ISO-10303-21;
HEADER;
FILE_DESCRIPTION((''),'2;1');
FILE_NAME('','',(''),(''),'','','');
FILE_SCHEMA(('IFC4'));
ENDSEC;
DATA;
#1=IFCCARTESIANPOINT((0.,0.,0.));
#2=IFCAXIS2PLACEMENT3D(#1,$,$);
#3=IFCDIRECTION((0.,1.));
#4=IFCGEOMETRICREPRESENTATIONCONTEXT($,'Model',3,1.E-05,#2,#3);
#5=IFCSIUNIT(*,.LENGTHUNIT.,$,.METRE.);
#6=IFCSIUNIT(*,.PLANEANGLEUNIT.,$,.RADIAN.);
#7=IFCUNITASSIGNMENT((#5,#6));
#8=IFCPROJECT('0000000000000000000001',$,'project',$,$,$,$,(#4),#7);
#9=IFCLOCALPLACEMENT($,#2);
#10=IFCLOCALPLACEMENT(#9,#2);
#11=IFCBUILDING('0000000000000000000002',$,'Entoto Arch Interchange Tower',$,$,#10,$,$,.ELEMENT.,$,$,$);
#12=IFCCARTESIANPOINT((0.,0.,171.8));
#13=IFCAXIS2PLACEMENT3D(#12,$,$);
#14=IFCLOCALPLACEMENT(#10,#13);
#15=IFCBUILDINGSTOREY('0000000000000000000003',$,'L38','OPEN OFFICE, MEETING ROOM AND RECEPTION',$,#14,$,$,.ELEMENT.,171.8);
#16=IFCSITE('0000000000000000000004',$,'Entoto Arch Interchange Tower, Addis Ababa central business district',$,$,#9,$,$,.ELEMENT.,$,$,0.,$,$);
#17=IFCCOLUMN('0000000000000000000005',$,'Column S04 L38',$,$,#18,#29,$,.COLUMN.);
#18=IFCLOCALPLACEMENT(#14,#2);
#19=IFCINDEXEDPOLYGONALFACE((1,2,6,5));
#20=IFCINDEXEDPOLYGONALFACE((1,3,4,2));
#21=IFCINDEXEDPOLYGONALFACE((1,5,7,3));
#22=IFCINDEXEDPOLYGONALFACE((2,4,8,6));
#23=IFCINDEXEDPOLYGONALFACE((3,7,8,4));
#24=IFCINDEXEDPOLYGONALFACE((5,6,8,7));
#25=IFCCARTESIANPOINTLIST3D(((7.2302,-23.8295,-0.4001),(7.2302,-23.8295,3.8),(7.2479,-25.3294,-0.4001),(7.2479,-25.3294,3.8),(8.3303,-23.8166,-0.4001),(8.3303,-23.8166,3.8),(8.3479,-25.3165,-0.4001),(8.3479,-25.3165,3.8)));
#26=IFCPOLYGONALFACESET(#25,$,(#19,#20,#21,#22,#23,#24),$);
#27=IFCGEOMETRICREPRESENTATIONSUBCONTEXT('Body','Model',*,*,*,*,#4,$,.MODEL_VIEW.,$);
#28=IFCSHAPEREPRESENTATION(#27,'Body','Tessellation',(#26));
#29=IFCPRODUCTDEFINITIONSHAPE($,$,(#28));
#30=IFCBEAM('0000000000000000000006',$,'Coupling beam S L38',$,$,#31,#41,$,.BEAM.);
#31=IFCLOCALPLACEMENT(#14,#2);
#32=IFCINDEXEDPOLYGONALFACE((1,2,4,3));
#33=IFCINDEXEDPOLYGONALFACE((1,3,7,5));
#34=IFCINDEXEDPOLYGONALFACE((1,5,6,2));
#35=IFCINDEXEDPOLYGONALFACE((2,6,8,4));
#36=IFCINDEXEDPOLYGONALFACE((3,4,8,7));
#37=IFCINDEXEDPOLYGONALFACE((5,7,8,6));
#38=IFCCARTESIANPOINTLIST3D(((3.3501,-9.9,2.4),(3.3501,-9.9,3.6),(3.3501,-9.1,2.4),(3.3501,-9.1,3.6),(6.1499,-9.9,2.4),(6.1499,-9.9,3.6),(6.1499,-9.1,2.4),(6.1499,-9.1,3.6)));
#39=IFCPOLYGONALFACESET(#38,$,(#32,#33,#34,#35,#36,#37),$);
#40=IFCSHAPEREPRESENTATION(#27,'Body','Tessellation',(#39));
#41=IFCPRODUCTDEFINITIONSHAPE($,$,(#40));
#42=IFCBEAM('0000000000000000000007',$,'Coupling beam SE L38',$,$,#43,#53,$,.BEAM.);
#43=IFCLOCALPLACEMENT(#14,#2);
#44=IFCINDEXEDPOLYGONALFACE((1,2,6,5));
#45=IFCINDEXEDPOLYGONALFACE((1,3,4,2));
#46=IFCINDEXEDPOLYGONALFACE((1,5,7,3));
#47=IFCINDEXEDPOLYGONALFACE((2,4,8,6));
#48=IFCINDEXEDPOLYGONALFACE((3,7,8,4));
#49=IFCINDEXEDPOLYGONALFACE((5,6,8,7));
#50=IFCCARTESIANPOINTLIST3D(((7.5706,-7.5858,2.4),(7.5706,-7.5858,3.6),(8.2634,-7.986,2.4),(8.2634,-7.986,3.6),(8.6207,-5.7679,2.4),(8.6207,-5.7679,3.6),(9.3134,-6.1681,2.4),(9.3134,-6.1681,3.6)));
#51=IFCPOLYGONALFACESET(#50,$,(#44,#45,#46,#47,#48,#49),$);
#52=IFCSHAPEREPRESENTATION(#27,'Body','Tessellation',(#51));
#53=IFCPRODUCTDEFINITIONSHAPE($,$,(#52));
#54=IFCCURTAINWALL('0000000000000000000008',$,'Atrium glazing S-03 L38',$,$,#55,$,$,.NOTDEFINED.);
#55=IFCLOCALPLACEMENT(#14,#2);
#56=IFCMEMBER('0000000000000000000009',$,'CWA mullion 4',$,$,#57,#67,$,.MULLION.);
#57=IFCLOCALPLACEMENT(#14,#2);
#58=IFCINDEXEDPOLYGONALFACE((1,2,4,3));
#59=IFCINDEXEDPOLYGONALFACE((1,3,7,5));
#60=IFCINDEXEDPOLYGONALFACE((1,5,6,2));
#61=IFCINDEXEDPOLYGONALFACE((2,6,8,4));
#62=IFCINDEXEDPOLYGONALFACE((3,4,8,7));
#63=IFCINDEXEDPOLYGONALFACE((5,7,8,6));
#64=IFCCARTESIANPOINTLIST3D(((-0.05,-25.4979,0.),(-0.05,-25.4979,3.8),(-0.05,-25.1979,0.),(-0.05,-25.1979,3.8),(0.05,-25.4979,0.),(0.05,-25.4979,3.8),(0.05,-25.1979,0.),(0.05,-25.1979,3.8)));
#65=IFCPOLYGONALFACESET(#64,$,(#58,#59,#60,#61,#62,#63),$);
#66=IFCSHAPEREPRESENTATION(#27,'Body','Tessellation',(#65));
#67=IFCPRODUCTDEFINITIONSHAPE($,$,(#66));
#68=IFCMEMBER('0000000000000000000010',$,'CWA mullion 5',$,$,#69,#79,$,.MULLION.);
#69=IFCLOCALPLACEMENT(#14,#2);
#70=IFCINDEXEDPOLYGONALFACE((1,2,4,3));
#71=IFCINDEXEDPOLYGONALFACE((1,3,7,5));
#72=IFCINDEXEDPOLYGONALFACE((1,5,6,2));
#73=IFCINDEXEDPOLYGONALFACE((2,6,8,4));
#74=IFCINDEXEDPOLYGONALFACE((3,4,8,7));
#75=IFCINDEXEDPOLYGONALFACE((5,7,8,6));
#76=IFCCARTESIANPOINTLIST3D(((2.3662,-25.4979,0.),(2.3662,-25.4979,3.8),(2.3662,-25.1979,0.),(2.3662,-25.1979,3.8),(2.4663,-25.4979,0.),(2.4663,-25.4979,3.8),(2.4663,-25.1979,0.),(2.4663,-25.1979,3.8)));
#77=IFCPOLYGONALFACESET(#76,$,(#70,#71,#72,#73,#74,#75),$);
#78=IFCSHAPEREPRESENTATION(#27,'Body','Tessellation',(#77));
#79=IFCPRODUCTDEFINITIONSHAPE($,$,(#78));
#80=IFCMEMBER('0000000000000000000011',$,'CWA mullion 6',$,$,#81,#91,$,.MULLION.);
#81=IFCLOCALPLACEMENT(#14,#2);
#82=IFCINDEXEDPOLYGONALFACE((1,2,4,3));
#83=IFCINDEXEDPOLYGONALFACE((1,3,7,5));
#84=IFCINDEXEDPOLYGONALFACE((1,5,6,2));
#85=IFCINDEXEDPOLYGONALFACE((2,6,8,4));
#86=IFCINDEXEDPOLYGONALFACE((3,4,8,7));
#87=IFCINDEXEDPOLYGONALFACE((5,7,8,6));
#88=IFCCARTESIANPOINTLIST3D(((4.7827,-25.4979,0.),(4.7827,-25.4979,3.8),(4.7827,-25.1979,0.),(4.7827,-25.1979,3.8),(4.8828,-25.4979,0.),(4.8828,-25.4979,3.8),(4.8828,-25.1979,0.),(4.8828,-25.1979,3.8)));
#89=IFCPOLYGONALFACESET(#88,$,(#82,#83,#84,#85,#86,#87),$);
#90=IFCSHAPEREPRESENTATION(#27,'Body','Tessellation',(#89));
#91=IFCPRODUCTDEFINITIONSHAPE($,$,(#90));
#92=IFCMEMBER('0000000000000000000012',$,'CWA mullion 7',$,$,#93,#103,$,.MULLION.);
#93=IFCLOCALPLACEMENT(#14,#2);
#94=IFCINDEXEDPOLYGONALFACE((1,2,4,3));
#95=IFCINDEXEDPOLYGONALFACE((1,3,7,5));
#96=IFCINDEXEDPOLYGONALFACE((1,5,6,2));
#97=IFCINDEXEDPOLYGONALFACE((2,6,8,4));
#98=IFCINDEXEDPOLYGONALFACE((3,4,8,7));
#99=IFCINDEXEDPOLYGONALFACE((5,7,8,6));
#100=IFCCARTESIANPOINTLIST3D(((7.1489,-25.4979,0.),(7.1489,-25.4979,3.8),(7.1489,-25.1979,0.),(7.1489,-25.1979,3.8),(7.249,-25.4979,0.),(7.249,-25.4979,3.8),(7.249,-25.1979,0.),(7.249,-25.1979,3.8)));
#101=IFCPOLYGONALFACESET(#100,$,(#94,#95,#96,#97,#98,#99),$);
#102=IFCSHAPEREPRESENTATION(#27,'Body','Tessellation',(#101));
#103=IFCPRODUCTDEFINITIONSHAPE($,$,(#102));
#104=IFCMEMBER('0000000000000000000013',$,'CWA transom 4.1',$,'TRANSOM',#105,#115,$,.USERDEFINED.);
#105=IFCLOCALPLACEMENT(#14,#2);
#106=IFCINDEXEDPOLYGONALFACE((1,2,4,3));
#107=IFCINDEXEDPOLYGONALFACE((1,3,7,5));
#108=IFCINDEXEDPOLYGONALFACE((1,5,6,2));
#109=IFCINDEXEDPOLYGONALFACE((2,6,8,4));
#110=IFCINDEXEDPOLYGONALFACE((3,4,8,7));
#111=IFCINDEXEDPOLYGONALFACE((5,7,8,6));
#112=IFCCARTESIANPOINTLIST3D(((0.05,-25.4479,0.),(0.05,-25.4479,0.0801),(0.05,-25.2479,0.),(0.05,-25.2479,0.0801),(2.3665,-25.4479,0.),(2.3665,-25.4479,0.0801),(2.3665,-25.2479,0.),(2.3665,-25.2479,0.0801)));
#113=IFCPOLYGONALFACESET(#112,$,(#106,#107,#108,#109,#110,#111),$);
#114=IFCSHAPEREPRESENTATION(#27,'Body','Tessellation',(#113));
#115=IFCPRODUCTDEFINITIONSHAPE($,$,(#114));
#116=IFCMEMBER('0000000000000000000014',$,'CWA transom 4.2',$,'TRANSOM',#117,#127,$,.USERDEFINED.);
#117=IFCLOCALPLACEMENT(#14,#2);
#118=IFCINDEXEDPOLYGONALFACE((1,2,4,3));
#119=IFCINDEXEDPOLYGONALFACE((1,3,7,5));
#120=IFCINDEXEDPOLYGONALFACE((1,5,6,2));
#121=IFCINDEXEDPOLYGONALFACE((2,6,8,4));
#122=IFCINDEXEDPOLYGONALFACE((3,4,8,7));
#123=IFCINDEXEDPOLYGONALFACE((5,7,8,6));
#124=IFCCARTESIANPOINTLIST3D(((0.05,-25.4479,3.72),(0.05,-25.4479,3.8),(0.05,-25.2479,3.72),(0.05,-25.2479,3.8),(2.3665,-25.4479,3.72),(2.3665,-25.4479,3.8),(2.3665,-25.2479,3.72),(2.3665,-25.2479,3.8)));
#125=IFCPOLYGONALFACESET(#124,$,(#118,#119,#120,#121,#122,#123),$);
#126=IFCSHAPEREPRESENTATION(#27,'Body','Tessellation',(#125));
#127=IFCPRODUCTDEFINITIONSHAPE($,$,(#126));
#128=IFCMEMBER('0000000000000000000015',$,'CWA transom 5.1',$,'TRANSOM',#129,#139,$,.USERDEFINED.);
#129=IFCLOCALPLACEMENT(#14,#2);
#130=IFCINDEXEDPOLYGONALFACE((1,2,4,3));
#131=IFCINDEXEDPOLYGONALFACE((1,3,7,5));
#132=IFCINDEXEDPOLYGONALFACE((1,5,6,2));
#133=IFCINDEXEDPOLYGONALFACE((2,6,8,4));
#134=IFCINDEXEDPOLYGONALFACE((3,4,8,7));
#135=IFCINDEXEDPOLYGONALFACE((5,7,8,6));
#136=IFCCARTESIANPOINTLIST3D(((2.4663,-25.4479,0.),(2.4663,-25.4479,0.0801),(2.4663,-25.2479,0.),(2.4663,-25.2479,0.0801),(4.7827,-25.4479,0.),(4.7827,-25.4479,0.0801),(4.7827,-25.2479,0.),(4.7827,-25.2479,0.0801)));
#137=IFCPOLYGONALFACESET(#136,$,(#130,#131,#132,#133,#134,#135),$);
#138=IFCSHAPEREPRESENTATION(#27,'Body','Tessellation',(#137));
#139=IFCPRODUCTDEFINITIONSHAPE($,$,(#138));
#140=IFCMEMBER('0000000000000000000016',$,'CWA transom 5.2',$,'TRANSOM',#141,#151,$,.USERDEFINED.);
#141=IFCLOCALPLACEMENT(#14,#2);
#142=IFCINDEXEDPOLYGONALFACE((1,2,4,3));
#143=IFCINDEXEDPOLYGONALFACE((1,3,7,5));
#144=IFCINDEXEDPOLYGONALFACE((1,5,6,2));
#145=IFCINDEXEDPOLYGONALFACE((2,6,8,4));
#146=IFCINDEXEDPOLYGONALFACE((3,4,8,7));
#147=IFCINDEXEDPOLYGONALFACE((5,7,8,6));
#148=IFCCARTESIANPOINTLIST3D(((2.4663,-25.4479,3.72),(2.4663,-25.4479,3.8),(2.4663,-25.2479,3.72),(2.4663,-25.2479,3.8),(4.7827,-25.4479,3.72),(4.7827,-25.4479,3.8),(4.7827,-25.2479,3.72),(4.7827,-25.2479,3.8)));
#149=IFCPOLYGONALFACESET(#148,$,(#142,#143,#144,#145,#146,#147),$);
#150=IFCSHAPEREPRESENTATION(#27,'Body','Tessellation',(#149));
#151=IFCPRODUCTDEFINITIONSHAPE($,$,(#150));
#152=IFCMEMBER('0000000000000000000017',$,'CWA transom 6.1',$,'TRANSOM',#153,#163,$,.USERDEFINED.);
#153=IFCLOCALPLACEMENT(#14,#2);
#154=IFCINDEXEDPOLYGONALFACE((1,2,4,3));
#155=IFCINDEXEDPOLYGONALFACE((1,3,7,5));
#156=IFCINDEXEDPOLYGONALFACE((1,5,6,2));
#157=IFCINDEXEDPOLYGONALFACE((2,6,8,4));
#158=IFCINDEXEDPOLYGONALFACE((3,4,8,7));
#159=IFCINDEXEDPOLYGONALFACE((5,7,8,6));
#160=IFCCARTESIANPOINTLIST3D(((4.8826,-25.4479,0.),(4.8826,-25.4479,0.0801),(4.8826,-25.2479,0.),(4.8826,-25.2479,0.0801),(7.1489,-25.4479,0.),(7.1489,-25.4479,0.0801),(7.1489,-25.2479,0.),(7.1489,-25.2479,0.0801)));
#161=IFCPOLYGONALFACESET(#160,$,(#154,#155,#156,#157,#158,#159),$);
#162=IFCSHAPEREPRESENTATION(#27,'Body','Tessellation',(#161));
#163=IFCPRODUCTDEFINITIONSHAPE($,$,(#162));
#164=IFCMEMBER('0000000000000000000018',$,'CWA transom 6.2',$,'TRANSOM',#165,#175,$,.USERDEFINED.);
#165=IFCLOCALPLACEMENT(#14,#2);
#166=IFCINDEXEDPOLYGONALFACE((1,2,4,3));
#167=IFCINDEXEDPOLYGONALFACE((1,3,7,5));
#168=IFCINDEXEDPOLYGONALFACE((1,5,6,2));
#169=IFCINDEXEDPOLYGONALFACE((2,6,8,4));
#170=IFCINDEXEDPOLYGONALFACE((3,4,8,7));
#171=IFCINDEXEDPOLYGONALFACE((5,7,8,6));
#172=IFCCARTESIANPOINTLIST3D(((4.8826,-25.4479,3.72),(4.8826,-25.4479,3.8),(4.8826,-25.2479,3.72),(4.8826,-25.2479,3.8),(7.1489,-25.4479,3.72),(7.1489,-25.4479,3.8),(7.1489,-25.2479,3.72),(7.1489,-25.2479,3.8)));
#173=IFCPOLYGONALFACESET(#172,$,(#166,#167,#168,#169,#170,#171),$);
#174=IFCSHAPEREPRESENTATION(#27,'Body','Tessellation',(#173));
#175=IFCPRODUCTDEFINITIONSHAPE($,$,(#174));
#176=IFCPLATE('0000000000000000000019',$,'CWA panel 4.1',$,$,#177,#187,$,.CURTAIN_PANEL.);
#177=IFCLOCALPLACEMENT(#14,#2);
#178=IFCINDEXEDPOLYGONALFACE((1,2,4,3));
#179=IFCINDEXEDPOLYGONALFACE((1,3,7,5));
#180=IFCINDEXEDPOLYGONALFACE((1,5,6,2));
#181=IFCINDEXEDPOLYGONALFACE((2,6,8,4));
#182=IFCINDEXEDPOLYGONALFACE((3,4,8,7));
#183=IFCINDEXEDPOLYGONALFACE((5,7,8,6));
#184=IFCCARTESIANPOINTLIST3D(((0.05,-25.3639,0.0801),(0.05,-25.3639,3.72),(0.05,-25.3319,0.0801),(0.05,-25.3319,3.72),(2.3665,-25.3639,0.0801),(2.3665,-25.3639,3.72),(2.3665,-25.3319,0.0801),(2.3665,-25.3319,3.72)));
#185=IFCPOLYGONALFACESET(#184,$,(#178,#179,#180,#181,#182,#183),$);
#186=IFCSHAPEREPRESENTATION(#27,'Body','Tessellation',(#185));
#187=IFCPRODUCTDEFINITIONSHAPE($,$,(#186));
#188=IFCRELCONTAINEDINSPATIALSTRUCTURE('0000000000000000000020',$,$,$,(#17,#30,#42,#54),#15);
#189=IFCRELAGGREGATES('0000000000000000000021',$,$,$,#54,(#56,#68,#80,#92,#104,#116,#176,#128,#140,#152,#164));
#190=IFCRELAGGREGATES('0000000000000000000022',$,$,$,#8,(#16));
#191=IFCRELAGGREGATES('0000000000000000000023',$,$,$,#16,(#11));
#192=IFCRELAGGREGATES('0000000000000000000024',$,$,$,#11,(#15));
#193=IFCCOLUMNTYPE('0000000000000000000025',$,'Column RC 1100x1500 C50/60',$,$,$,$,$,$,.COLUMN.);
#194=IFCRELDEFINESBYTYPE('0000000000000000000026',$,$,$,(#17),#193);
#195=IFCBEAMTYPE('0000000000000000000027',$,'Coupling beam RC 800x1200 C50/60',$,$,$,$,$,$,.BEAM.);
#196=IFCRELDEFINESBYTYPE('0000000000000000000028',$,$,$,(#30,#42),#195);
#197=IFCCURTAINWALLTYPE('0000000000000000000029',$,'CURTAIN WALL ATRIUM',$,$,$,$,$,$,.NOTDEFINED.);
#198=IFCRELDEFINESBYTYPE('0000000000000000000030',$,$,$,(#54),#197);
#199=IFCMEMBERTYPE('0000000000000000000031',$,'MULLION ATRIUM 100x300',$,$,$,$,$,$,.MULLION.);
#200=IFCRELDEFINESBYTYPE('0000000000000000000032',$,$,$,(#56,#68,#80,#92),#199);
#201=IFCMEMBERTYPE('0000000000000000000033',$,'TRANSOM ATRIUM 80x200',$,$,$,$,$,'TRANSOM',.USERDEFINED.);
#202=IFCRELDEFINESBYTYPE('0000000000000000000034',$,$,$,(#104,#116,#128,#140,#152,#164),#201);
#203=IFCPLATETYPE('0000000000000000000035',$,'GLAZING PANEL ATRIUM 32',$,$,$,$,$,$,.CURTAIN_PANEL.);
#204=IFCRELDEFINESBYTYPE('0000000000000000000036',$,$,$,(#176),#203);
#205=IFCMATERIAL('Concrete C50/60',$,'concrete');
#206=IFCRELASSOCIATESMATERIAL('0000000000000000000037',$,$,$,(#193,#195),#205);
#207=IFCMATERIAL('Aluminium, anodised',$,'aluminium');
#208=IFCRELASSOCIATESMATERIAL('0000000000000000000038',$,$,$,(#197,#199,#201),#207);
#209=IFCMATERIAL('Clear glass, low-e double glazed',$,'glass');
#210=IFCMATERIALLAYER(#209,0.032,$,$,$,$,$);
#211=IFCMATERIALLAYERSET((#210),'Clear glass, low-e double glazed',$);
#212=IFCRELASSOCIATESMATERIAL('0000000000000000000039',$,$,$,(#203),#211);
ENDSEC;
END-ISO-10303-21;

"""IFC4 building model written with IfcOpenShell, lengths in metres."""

from ifc_helpers import new_model, si_unit, direction, frame, origin, origin_2d, place, context, subcontext, project, spatial, rectangle, extrude, material, layer, layer_set, material_profile, profile_set, type_object, element, aggregate, save


model = new_model("IFC4")

# Units and contexts
model_context = context("Model", 3, precision=1e-05, world=origin(), true_north=direction((0.0, 1.0)))
body_context = subcontext(model_context, "Body", "Model", "MODEL_VIEW")
ifc_project = project(units=[si_unit("LENGTHUNIT", "METRE"), si_unit("PLANEANGLEUNIT", "RADIAN")], contexts=[model_context])

# Site, building, storey
site_placement = place(None, origin())
site = spatial("IfcSite", under=ifc_project, at=site_placement, Name="Entoto Arch Interchange Tower, Addis Ababa central business district", CompositionType="ELEMENT", RefElevation=0.0)
building_placement = place(site_placement, origin())
building = spatial("IfcBuilding", under=site, at=building_placement, Name="Entoto Arch Interchange Tower", CompositionType="ELEMENT")
storey_placement = place(building_placement, frame((0.0, 0.0, 171.8)))
storey = spatial("IfcBuildingStorey", under=building, at=storey_placement, Name="L38", Description="OPEN OFFICE, MEETING ROOM AND RECEPTION", CompositionType="ELEMENT", Elevation=171.8)

# Column
ifc_material_1 = material(Name="Concrete C50/60", Category="concrete")
ifc_material_profile_1 = material_profile(ifc_material_1, rectangle(XDim=1.1001, YDim=1.5, at=origin_2d()))
ifc_profile_set_1 = profile_set([ifc_material_profile_1], Name="Concrete C50/60")
column_type = type_object("IfcColumnType", Name="Column RC 1100x1500 C50/60", PredefinedType="COLUMN", material=ifc_profile_set_1)
column_placement = place(storey_placement, frame((7.7891, -24.573, -0.4001), z_axis=(0.0, 0.0, 1.0), x_axis=(0.999931, 0.011746, 0.0)))
element("IfcColumn", 1, at=column_placement, inside=storey, type_object=column_type, Name="Column S04 L38", PredefinedType="COLUMN", context=body_context, shape_type="SweptSolid", body=[
    extrude(rectangle(XDim=1.1001, YDim=1.5, at=origin_2d()), origin(), (0.0, 0.0, 1.0), 4.2002),
])

# Beams
ifc_material_profile_2 = material_profile(ifc_material_1, rectangle(XDim=0.8, YDim=1.2, at=origin_2d()))
ifc_profile_set_2 = profile_set([ifc_material_profile_2], Name="Concrete C50/60")
beam_type = type_object("IfcBeamType", Name="Coupling beam RC 800x1200 C50/60", PredefinedType="BEAM", material=ifc_profile_set_2)
beam_1_placement = place(storey_placement, frame((3.3501, -9.5, 3.0), z_axis=(1.0, 0.0, 0.0), x_axis=(0.0, 1.0, 0.0)))
element("IfcBeam", 2, at=beam_1_placement, inside=storey, type_object=beam_type, Name="Coupling beam S L38", PredefinedType="BEAM", context=body_context, shape_type="SweptSolid", body=[
    extrude(rectangle(XDim=0.8, YDim=1.2, at=origin_2d()), origin(), (0.0, 0.0, 1.0), 2.7998),
])
beam_2_placement = place(storey_placement, frame((7.917, -7.7859, 3.0), z_axis=(0.500179, 0.865922, 0.0), x_axis=(-0.865922, 0.500179, 0.0)))
element("IfcBeam", 3, at=beam_2_placement, inside=storey, type_object=beam_type, Name="Coupling beam SE L38", PredefinedType="BEAM", context=body_context, shape_type="SweptSolid", body=[
    extrude(rectangle(XDim=0.8, YDim=1.2, at=origin_2d()), origin(), (0.0, 0.0, 1.0), 2.0994),
])

# Curtain wall, members, plate
ifc_material_2 = material(Name="Aluminium, anodised", Category="aluminium")
curtain_wall_type = type_object("IfcCurtainWallType", Name="CURTAIN WALL ATRIUM", PredefinedType="NOTDEFINED", material=ifc_material_2)
curtain_wall_placement = place(storey_placement, origin())
curtain_wall = element("IfcCurtainWall", 4, at=curtain_wall_placement, inside=storey, type_object=curtain_wall_type, Name="Atrium glazing S-03 L38", PredefinedType="NOTDEFINED")
ifc_material_profile_3 = material_profile(ifc_material_2, rectangle(XDim=0.3, YDim=0.1001, at=origin_2d()))
ifc_profile_set_3 = profile_set([ifc_material_profile_3], Name="Aluminium, anodised")
member_type_1 = type_object("IfcMemberType", Name="MULLION ATRIUM 100x300", PredefinedType="MULLION", material=ifc_profile_set_3)
member_1_placement = place(storey_placement, frame((0.0, -25.3479, 0.0), z_axis=(0.0, 0.0, 1.0), x_axis=(0.0, 1.0, 0.0)))
member_1 = element("IfcMember", 5, at=member_1_placement, type_object=member_type_1, Name="CWA mullion 4", PredefinedType="MULLION", context=body_context, shape_type="SweptSolid", body=[
    extrude(rectangle(XDim=0.3, YDim=0.1001, at=origin_2d()), origin(), (0.0, 0.0, 1.0), 3.8),
])
member_2_placement = place(storey_placement, frame((2.4163, -25.3479, 0.0), z_axis=(0.0, 0.0, 1.0), x_axis=(0.0, 1.0, 0.0)))
member_2 = element("IfcMember", 6, at=member_2_placement, type_object=member_type_1, Name="CWA mullion 5", PredefinedType="MULLION", context=body_context, shape_type="SweptSolid", body=[
    extrude(rectangle(XDim=0.3, YDim=0.1001, at=origin_2d()), origin(), (0.0, 0.0, 1.0), 3.8),
])
member_3_placement = place(storey_placement, frame((4.8328, -25.3479, 0.0), z_axis=(0.0, 0.0, 1.0), x_axis=(0.0, 1.0, 0.0)))
member_3 = element("IfcMember", 7, at=member_3_placement, type_object=member_type_1, Name="CWA mullion 6", PredefinedType="MULLION", context=body_context, shape_type="SweptSolid", body=[
    extrude(rectangle(XDim=0.3, YDim=0.1001, at=origin_2d()), origin(), (0.0, 0.0, 1.0), 3.8),
])
member_4_placement = place(storey_placement, frame((7.199, -25.3479, 0.0), z_axis=(0.0, 0.0, 1.0), x_axis=(0.0, 1.0, 0.0)))
member_4 = element("IfcMember", 8, at=member_4_placement, type_object=member_type_1, Name="CWA mullion 7", PredefinedType="MULLION", context=body_context, shape_type="SweptSolid", body=[
    extrude(rectangle(XDim=0.3, YDim=0.1001, at=origin_2d()), origin(), (0.0, 0.0, 1.0), 3.8),
])
ifc_material_profile_4 = material_profile(ifc_material_2, rectangle(XDim=0.2, YDim=0.0801, at=origin_2d()))
ifc_profile_set_4 = profile_set([ifc_material_profile_4], Name="Aluminium, anodised")
member_type_2 = type_object("IfcMemberType", Name="TRANSOM ATRIUM 80x200", ElementType="TRANSOM", PredefinedType="USERDEFINED", material=ifc_profile_set_4)
member_5_placement = place(storey_placement, frame((0.05, -25.3479, 0.04), z_axis=(1.0, 0.0, 0.0), x_axis=(0.0, 1.0, 0.0)))
member_5 = element("IfcMember", 9, at=member_5_placement, type_object=member_type_2, Name="CWA transom 4.1", ObjectType="TRANSOM", PredefinedType="USERDEFINED", context=body_context, shape_type="SweptSolid", body=[
    extrude(rectangle(XDim=0.2, YDim=0.0801, at=origin_2d()), origin(), (0.0, 0.0, 1.0), 2.3164),
])
member_6_placement = place(storey_placement, frame((0.05, -25.3479, 3.76), z_axis=(1.0, 0.0, 0.0), x_axis=(0.0, 1.0, 0.0)))
member_6 = element("IfcMember", 10, at=member_6_placement, type_object=member_type_2, Name="CWA transom 4.2", ObjectType="TRANSOM", PredefinedType="USERDEFINED", context=body_context, shape_type="SweptSolid", body=[
    extrude(rectangle(XDim=0.2, YDim=0.0801, at=origin_2d()), origin(), (0.0, 0.0, 1.0), 2.3164),
])
member_7_placement = place(storey_placement, frame((2.4663, -25.3479, 0.04), z_axis=(1.0, 0.0, 0.0), x_axis=(0.0, 1.0, 0.0)))
member_7 = element("IfcMember", 11, at=member_7_placement, type_object=member_type_2, Name="CWA transom 5.1", ObjectType="TRANSOM", PredefinedType="USERDEFINED", context=body_context, shape_type="SweptSolid", body=[
    extrude(rectangle(XDim=0.2, YDim=0.0801, at=origin_2d()), origin(), (0.0, 0.0, 1.0), 2.3164),
])
member_8_placement = place(storey_placement, frame((2.4663, -25.3479, 3.76), z_axis=(1.0, 0.0, 0.0), x_axis=(0.0, 1.0, 0.0)))
member_8 = element("IfcMember", 12, at=member_8_placement, type_object=member_type_2, Name="CWA transom 5.2", ObjectType="TRANSOM", PredefinedType="USERDEFINED", context=body_context, shape_type="SweptSolid", body=[
    extrude(rectangle(XDim=0.2, YDim=0.0801, at=origin_2d()), origin(), (0.0, 0.0, 1.0), 2.3164),
])
member_9_placement = place(storey_placement, frame((4.8826, -25.3479, 0.04), z_axis=(1.0, 0.0, 0.0), x_axis=(0.0, 1.0, 0.0)))
member_9 = element("IfcMember", 13, at=member_9_placement, type_object=member_type_2, Name="CWA transom 6.1", ObjectType="TRANSOM", PredefinedType="USERDEFINED", context=body_context, shape_type="SweptSolid", body=[
    extrude(rectangle(XDim=0.2, YDim=0.0801, at=origin_2d()), origin(), (0.0, 0.0, 1.0), 2.2664),
])
member_10_placement = place(storey_placement, frame((4.8826, -25.3479, 3.76), z_axis=(1.0, 0.0, 0.0), x_axis=(0.0, 1.0, 0.0)))
member_10 = element("IfcMember", 14, at=member_10_placement, type_object=member_type_2, Name="CWA transom 6.2", ObjectType="TRANSOM", PredefinedType="USERDEFINED", context=body_context, shape_type="SweptSolid", body=[
    extrude(rectangle(XDim=0.2, YDim=0.0801, at=origin_2d()), origin(), (0.0, 0.0, 1.0), 2.2664),
])
ifc_material_3 = material(Name="Clear glass, low-e double glazed", Category="glass")
ifc_layer_1 = layer(ifc_material_3, 0.032)
ifc_layer_set_1 = layer_set([ifc_layer_1], Name="Clear glass, low-e double glazed")
plate_type = type_object("IfcPlateType", Name="GLAZING PANEL ATRIUM 32", PredefinedType="CURTAIN_PANEL", material=ifc_layer_set_1)
plate_1_placement = place(storey_placement, frame((1.2083, -25.3479, 0.0801), z_axis=(0.0, 0.0, 1.0), x_axis=(1.0, 0.0, 0.0)))
plate_1 = element("IfcPlate", 15, at=plate_1_placement, type_object=plate_type, Name="CWA panel 4.1", PredefinedType="CURTAIN_PANEL", context=body_context, shape_type="SweptSolid", body=[
    extrude(rectangle(XDim=2.3164, YDim=0.032, at=origin_2d()), origin(), (0.0, 0.0, 1.0), 3.6399),
])
aggregate(curtain_wall, [member_1, member_2, member_3, member_4, member_5, member_6, plate_1, member_7, member_8, member_9, member_10])

save(model, "model.ifc")
